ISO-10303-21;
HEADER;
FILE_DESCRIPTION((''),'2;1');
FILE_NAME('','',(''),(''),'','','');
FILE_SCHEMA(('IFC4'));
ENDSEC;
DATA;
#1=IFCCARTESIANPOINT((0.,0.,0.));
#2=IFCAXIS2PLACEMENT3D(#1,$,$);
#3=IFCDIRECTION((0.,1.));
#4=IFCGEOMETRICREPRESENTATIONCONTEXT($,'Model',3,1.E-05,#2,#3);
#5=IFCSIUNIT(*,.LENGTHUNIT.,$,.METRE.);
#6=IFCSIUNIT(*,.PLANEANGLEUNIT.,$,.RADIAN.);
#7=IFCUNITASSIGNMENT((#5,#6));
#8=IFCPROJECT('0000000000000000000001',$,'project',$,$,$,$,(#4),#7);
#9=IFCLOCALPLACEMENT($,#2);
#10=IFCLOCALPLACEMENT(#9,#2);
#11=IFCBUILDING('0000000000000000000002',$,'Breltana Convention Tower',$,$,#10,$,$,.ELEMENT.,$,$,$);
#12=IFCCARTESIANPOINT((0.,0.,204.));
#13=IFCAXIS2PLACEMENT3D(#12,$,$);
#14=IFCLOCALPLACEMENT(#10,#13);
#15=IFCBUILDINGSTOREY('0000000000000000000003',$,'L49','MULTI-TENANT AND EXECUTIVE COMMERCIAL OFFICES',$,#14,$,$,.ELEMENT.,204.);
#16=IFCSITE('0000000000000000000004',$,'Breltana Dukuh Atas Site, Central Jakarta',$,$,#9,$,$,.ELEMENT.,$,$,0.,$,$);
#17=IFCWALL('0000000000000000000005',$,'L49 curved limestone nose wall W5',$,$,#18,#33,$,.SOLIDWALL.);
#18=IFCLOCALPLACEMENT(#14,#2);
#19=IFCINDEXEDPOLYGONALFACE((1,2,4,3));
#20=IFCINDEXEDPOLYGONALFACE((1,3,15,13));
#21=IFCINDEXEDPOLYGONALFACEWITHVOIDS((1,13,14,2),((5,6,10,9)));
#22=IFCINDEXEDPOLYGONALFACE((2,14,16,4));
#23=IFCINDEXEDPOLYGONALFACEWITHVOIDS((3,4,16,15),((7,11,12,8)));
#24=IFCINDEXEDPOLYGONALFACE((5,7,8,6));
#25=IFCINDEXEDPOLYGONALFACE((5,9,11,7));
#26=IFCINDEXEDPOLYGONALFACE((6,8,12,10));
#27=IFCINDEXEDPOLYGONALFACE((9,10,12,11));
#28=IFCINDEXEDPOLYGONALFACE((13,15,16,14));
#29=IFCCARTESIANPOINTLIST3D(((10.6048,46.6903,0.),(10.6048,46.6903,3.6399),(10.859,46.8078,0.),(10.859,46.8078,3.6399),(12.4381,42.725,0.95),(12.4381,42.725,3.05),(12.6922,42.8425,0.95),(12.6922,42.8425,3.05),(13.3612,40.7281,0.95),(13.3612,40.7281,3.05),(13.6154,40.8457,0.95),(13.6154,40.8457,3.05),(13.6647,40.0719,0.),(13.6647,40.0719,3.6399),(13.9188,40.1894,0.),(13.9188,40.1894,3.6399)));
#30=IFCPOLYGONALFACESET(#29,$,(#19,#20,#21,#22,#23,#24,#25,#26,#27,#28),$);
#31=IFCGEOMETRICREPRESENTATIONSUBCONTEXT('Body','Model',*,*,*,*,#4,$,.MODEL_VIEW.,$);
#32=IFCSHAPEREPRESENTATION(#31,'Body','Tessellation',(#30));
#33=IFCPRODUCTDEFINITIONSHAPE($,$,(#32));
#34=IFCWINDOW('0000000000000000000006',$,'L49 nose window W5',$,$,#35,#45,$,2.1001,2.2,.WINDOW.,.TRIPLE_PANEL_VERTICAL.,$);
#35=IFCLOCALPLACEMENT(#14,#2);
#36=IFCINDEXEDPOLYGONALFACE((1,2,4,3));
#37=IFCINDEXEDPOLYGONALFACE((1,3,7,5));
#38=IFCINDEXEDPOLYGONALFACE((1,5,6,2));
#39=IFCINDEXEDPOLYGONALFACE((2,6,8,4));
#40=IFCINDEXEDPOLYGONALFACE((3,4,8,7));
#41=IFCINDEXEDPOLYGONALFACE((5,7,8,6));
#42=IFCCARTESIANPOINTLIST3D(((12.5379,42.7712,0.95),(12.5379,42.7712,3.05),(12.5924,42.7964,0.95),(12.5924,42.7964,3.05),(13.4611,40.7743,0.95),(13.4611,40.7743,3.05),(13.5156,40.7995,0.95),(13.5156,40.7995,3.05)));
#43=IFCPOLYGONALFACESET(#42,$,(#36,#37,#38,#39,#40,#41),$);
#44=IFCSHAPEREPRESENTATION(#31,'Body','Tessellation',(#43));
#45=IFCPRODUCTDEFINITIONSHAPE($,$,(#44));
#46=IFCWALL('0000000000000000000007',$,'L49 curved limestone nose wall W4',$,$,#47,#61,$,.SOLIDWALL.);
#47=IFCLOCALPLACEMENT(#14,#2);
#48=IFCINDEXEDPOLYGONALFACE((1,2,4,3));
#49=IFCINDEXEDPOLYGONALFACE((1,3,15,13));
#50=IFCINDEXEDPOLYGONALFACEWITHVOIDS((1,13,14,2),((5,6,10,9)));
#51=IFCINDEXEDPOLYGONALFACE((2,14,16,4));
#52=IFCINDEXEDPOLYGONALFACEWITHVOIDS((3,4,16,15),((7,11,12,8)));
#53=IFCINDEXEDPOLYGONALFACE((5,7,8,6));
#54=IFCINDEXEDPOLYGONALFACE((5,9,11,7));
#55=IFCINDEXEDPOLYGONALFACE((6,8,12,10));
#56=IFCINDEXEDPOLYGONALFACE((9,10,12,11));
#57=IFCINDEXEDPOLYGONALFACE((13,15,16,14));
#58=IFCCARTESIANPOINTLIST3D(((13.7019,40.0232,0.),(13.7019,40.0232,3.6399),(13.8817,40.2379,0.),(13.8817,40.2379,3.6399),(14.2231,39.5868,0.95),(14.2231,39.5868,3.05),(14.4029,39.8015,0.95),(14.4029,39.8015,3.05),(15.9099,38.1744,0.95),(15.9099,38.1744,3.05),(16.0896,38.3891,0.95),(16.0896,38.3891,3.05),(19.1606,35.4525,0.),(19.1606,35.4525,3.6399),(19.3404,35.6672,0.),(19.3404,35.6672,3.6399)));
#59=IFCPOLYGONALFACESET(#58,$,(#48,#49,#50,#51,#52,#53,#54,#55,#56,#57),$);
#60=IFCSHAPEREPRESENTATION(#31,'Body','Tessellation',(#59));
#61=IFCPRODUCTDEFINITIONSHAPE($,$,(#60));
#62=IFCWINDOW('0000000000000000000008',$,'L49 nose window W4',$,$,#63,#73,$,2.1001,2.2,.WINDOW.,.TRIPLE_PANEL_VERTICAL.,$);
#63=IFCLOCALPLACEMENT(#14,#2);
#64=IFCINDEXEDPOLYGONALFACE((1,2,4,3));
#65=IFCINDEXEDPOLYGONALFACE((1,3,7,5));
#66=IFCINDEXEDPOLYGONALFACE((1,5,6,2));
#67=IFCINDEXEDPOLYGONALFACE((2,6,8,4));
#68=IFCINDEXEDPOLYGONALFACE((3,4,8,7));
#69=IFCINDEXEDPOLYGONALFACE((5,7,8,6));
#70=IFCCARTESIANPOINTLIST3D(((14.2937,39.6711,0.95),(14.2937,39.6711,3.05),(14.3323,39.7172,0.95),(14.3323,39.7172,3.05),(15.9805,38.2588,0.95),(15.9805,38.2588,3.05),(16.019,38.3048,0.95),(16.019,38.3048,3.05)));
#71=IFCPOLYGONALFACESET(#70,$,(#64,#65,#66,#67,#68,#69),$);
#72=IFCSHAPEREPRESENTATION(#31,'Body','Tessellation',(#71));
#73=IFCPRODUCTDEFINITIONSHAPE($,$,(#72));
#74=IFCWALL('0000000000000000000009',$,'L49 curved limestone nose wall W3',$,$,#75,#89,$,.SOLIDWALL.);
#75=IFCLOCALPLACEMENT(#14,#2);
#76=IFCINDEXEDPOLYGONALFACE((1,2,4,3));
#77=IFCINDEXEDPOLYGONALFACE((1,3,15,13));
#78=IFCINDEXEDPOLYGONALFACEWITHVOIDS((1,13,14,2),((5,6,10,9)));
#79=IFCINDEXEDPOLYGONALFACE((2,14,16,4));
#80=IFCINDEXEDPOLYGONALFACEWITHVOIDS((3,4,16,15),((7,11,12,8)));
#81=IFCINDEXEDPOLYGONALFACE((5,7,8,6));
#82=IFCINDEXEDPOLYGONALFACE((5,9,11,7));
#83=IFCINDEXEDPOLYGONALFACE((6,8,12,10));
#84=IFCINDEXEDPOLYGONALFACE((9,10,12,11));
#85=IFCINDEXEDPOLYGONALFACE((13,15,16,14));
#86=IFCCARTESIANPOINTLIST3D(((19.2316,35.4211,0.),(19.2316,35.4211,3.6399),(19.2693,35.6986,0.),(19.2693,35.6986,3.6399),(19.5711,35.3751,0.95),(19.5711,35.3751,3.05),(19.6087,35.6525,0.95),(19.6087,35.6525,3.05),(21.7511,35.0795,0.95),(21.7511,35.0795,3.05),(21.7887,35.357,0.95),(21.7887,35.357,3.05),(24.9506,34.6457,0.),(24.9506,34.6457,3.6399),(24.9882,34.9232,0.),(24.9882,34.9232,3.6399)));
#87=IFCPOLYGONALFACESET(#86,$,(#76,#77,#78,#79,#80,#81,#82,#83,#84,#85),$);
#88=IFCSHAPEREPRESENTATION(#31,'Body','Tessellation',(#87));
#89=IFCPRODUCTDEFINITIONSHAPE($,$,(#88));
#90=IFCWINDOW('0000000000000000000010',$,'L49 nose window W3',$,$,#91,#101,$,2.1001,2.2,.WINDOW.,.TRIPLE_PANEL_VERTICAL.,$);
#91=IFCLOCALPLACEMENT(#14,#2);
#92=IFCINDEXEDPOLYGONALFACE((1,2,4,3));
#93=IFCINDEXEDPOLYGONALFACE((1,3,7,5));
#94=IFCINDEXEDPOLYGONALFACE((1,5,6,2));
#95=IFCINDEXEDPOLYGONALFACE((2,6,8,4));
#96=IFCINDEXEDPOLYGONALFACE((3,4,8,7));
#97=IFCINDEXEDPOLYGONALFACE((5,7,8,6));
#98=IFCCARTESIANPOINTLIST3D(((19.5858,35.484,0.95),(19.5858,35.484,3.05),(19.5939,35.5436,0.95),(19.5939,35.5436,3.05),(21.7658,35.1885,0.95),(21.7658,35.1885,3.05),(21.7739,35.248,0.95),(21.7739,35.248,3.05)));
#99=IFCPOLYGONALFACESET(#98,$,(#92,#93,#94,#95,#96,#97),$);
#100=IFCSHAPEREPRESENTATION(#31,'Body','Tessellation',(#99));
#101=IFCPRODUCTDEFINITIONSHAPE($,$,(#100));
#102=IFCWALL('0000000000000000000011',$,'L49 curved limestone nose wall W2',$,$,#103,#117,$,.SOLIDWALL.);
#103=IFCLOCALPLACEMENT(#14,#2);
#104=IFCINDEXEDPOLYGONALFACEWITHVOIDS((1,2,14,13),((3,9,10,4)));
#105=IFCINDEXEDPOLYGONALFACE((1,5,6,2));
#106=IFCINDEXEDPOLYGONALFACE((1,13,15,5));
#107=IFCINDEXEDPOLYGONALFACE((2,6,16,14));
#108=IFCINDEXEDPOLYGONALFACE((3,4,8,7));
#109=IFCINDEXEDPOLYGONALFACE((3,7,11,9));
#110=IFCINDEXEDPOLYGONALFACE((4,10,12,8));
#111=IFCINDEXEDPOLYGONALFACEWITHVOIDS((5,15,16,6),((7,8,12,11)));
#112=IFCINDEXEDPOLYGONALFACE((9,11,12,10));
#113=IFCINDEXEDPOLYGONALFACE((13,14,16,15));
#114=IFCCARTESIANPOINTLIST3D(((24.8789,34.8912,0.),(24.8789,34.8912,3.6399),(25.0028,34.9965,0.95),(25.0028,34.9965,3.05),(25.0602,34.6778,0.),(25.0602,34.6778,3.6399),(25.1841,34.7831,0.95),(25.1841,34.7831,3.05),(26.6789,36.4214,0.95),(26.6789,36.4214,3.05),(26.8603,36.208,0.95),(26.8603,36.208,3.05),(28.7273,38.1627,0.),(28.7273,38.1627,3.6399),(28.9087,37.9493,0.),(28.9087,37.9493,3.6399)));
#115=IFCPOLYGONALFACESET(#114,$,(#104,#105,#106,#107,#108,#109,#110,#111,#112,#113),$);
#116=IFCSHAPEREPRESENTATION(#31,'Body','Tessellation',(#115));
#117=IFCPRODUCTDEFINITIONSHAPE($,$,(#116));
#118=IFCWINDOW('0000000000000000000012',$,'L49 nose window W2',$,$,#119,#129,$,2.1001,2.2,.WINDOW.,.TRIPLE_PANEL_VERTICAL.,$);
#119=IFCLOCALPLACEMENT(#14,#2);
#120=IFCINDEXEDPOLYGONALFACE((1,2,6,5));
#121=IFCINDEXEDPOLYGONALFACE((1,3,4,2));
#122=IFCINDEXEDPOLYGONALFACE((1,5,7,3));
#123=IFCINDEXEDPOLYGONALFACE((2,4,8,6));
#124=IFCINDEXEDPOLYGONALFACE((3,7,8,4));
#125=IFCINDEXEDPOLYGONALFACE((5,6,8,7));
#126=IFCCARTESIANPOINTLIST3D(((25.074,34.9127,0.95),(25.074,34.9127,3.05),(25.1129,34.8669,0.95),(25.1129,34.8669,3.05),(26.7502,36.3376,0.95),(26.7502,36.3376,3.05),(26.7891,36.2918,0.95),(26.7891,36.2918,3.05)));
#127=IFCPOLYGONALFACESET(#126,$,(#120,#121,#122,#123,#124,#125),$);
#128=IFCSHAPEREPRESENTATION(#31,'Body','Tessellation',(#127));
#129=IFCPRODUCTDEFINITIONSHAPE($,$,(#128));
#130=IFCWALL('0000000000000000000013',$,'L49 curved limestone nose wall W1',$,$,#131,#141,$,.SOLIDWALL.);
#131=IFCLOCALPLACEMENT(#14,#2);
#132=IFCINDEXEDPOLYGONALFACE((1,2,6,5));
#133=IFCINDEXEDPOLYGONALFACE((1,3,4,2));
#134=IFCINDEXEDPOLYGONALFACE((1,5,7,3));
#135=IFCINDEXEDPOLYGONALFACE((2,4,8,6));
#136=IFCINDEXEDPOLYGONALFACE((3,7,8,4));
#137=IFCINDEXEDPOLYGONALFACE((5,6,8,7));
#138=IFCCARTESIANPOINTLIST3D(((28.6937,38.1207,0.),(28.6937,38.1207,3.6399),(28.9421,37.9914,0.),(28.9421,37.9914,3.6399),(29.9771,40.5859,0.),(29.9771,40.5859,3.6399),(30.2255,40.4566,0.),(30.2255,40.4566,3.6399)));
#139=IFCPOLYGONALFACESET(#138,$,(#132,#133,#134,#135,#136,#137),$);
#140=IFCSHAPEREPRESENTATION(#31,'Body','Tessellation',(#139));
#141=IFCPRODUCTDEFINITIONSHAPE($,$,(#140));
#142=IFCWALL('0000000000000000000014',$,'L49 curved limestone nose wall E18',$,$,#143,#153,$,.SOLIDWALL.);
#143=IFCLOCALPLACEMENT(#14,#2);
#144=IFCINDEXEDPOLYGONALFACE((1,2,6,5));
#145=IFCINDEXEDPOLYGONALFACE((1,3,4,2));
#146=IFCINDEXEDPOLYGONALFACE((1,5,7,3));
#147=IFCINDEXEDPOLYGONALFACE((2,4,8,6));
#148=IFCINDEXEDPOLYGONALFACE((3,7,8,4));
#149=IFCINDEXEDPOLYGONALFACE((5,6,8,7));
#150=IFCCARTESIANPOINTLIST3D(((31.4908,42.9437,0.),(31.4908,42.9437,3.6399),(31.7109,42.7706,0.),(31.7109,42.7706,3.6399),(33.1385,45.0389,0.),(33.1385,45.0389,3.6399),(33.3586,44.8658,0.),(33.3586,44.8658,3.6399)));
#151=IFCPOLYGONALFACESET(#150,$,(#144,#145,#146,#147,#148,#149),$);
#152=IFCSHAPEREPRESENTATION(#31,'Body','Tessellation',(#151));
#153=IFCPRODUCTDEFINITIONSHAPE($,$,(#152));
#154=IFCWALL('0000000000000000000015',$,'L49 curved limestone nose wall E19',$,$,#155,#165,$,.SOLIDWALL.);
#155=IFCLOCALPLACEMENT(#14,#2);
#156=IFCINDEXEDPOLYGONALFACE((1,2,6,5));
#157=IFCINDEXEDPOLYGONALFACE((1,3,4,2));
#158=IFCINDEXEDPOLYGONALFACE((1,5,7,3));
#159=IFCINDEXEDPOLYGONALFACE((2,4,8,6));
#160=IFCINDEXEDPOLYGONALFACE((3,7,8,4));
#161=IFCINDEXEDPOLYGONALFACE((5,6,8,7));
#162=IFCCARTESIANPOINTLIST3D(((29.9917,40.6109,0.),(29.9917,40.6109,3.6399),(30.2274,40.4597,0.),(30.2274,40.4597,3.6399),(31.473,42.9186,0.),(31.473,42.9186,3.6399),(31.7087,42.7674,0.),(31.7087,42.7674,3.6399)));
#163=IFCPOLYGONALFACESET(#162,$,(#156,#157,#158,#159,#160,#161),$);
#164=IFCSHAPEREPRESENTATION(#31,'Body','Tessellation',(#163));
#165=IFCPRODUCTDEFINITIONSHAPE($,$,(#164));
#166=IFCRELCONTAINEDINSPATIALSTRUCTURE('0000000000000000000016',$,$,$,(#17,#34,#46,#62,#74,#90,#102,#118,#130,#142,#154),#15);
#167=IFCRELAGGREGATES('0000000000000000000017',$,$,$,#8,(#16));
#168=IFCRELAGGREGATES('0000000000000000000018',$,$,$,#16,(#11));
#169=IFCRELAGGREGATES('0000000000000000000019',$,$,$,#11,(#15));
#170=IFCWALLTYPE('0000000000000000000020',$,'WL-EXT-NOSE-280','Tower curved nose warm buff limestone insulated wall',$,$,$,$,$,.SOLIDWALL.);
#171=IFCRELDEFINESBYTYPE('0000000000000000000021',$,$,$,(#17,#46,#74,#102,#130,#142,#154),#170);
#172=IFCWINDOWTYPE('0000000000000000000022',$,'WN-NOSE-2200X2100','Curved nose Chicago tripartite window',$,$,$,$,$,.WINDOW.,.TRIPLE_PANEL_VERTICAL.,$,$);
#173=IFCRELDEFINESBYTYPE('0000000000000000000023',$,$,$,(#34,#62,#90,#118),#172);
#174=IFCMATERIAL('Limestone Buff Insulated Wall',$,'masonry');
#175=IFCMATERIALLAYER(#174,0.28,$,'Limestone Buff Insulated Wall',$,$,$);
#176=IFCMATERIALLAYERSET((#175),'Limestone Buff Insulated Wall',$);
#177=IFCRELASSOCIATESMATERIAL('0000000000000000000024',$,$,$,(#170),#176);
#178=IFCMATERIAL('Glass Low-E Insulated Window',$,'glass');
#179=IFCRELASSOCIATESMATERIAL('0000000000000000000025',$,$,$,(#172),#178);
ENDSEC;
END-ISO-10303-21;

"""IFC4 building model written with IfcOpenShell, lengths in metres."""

from ifc_helpers import new_model, si_unit, direction, frame, frame_2d, origin, place, context, subcontext, project, spatial, rectangle, extrude, source, transform, mapped, material, layer, layer_set, type_object, type_shapes, element, fill, save


model = new_model("IFC4")

# Units and contexts
model_context = context("Model", 3, precision=1e-05, world=origin(), true_north=direction((0.0, 1.0)))
body_context = subcontext(model_context, "Body", "Model", "MODEL_VIEW")
ifc_project = project(units=[si_unit("LENGTHUNIT", "METRE"), si_unit("PLANEANGLEUNIT", "RADIAN")], contexts=[model_context])

# Site, building, storey
site_placement = place(None, origin())
site = spatial("IfcSite", under=ifc_project, at=site_placement, Name="Breltana Dukuh Atas Site, Central Jakarta", CompositionType="ELEMENT", RefElevation=0.0)
building_placement = place(site_placement, origin())
building = spatial("IfcBuilding", under=site, at=building_placement, Name="Breltana Convention Tower", CompositionType="ELEMENT")
storey_placement = place(building_placement, frame((0.0, 0.0, 204.0)))
storey = spatial("IfcBuildingStorey", under=building, at=storey_placement, Name="L49", Description="MULTI-TENANT AND EXECUTIVE COMMERCIAL OFFICES", CompositionType="ELEMENT", Elevation=204.0)

# Walls, openings, windows
ifc_material_1 = material(Name="Limestone Buff Insulated Wall", Category="masonry")
ifc_layer_1 = layer(ifc_material_1, 0.28, Name="Limestone Buff Insulated Wall")
ifc_layer_set_1 = layer_set([ifc_layer_1], Name="Limestone Buff Insulated Wall")
wall_type = type_object("IfcWallType", Name="WL-EXT-NOSE-280", Description="Tower curved nose warm buff limestone insulated wall", PredefinedType="SOLIDWALL", material=ifc_layer_set_1)
shared_shape_1 = source(origin(), body_context, "Body", "SweptSolid", [
    extrude(rectangle(XDim=7.2915, YDim=0.28, at=frame_2d((3.6458, 0.0))), origin(), (0.0, 0.0, 1.0), 3.6399),
])
wall_1_placement = place(storey_placement, frame((13.7917, 40.1306, 0.0), z_axis=(0.0, 0.0, 1.0), x_axis=(-0.419642, 0.90769, 0.0)))
wall_1 = element("IfcWall", 1, at=wall_1_placement, inside=storey, type_object=wall_type, Name="L49 curved limestone nose wall W5", PredefinedType="SOLIDWALL", context=body_context, shape_type="MappedRepresentation", body=[
    mapped(shared_shape_1, transform((0.0, 0.0, 0.0), scale=1.0)),
])
opening_1_placement = place(wall_1_placement, frame((0.7229, 0.0, 0.95)))
opening_1 = element("IfcOpeningElement", 2, at=opening_1_placement, cuts=wall_1, PredefinedType="OPENING", context=body_context, shape_type="SweptSolid", body=[
    extrude(rectangle(XDim=2.2, YDim=2.1001, at=frame_2d((1.1001, 1.05))), frame((0.0, 0.1499, 0.0), z_axis=(0.0, -1.0, 0.0), x_axis=(1.0, 0.0, 0.0)), (0.0, 0.0, 1.0), 0.3),
])
ifc_material_2 = material(Name="Glass Low-E Insulated Window", Category="glass")
window_type = type_object("IfcWindowType", Name="WN-NOSE-2200X2100", Description="Curved nose Chicago tripartite window", PartitioningType="TRIPLE_PANEL_VERTICAL", PredefinedType="WINDOW", material=ifc_material_2)
shared_shape_2 = source(origin(), body_context, "Body", "SweptSolid", [
    extrude(rectangle(XDim=2.2, YDim=2.1001, at=frame_2d((1.1001, 1.05))), frame((0.0, 0.03, 0.0), z_axis=(0.0, -1.0, 0.0), x_axis=(1.0, 0.0, 0.0)), (0.0, 0.0, 1.0), 0.0601),
])
type_shapes(window_type, [shared_shape_2])
window_1_placement = place(opening_1_placement, origin())
window_1 = element("IfcWindow", 3, at=window_1_placement, inside=storey, type_object=window_type, Name="L49 nose window W5", OverallHeight=2.1001, OverallWidth=2.2, PartitioningType="TRIPLE_PANEL_VERTICAL", PredefinedType="WINDOW", context=body_context, shape_type="MappedRepresentation", body=[
    mapped(shared_shape_2, transform((0.0, 0.0, 0.0), scale=1.0)),
])
fill(opening_1, window_1)
shared_shape_3 = source(origin(), body_context, "Body", "SweptSolid", [
    extrude(rectangle(XDim=7.1196, YDim=0.28, at=frame_2d((3.5598, 0.0))), origin(), (0.0, 0.0, 1.0), 3.6399),
])
wall_2_placement = place(storey_placement, frame((19.2505, 35.5598, 0.0), z_axis=(0.0, 0.0, 1.0), x_axis=(-0.76671, 0.641994, 0.0)))
wall_2 = element("IfcWall", 4, at=wall_2_placement, inside=storey, type_object=wall_type, Name="L49 curved limestone nose wall W4", PredefinedType="SOLIDWALL", context=body_context, shape_type="MappedRepresentation", body=[
    mapped(shared_shape_3, transform((0.0, 0.0, 0.0), scale=1.0)),
])
opening_2_placement = place(wall_2_placement, frame((4.2397, 0.0, 0.95)))
opening_2 = element("IfcOpeningElement", 5, at=opening_2_placement, cuts=wall_2, PredefinedType="OPENING", context=body_context, shape_type="SweptSolid", body=[
    extrude(rectangle(XDim=2.2, YDim=2.1001, at=frame_2d((1.1001, 1.05))), frame((0.0, 0.1499, 0.0), z_axis=(0.0, -1.0, 0.0), x_axis=(1.0, 0.0, 0.0)), (0.0, 0.0, 1.0), 0.3),
])
window_2_placement = place(opening_2_placement, origin())
window_2 = element("IfcWindow", 6, at=window_2_placement, inside=storey, type_object=window_type, Name="L49 nose window W4", OverallHeight=2.1001, OverallWidth=2.2, PartitioningType="TRIPLE_PANEL_VERTICAL", PredefinedType="WINDOW", context=body_context, shape_type="MappedRepresentation", body=[
    mapped(shared_shape_2, transform((0.0, 0.0, 0.0), scale=1.0)),
])
fill(opening_2, window_2)
shared_shape_4 = source(origin(), body_context, "Body", "SweptSolid", [
    extrude(rectangle(XDim=5.7712, YDim=0.28, at=frame_2d((2.8857, 0.0))), origin(), (0.0, 0.0, 1.0), 3.6399),
])
wall_3_placement = place(storey_placement, frame((24.9695, 34.7844, 0.0), z_axis=(0.0, 0.0, 1.0), x_axis=(-0.990934, 0.134352, 0.0)))
wall_3 = element("IfcWall", 7, at=wall_3_placement, inside=storey, type_object=wall_type, Name="L49 curved limestone nose wall W3", PredefinedType="SOLIDWALL", context=body_context, shape_type="MappedRepresentation", body=[
    mapped(shared_shape_4, transform((0.0, 0.0, 0.0), scale=1.0)),
])
opening_3_placement = place(wall_3_placement, frame((3.2288, 0.0, 0.95)))
opening_3 = element("IfcOpeningElement", 8, at=opening_3_placement, cuts=wall_3, PredefinedType="OPENING", context=body_context, shape_type="SweptSolid", body=[
    extrude(rectangle(XDim=2.2, YDim=2.1001, at=frame_2d((1.1001, 1.05))), frame((0.0, 0.1499, 0.0), z_axis=(0.0, -1.0, 0.0), x_axis=(1.0, 0.0, 0.0)), (0.0, 0.0, 1.0), 0.3),
])
window_3_placement = place(opening_3_placement, origin())
window_3 = element("IfcWindow", 9, at=window_3_placement, inside=storey, type_object=window_type, Name="L49 nose window W3", OverallHeight=2.1001, OverallWidth=2.2, PartitioningType="TRIPLE_PANEL_VERTICAL", PredefinedType="WINDOW", context=body_context, shape_type="MappedRepresentation", body=[
    mapped(shared_shape_2, transform((0.0, 0.0, 0.0), scale=1.0)),
])
fill(opening_3, window_3)
shared_shape_5 = source(origin(), body_context, "Body", "SweptSolid", [
    extrude(rectangle(XDim=5.051, YDim=0.28, at=frame_2d((2.5254, 0.0))), origin(), (0.0, 0.0, 1.0), 3.6399),
])
wall_4_placement = place(storey_placement, frame((28.8179, 38.0559, 0.0), z_axis=(0.0, 0.0, 1.0), x_axis=(-0.761905, -0.647689, 0.0)))
wall_4 = element("IfcWall", 10, at=wall_4_placement, inside=storey, type_object=wall_type, Name="L49 curved limestone nose wall W2", PredefinedType="SOLIDWALL", context=body_context, shape_type="MappedRepresentation", body=[
    mapped(shared_shape_5, transform((0.0, 0.0, 0.0), scale=1.0)),
])
opening_4_placement = place(wall_4_placement, frame((2.6882, 0.0, 0.95)))
opening_4 = element("IfcOpeningElement", 11, at=opening_4_placement, cuts=wall_4, PredefinedType="OPENING", context=body_context, shape_type="SweptSolid", body=[
    extrude(rectangle(XDim=2.2, YDim=2.1001, at=frame_2d((1.1001, 1.05))), frame((0.0, 0.1499, 0.0), z_axis=(0.0, -1.0, 0.0), x_axis=(1.0, 0.0, 0.0)), (0.0, 0.0, 1.0), 0.3),
])
window_4_placement = place(opening_4_placement, origin())
window_4 = element("IfcWindow", 12, at=window_4_placement, inside=storey, type_object=window_type, Name="L49 nose window W2", OverallHeight=2.1001, OverallWidth=2.2, PartitioningType="TRIPLE_PANEL_VERTICAL", PredefinedType="WINDOW", context=body_context, shape_type="MappedRepresentation", body=[
    mapped(shared_shape_2, transform((0.0, 0.0, 0.0), scale=1.0)),
])
fill(opening_4, window_4)

# Walls
shared_shape_6 = source(origin(), body_context, "Body", "SweptSolid", [
    extrude(rectangle(XDim=2.7793, YDim=0.28, at=frame_2d((1.3896, 0.0))), origin(), (0.0, 0.0, 1.0), 3.6399),
])
wall_5_placement = place(storey_placement, frame((30.1013, 40.5212, 0.0), z_axis=(0.0, 0.0, 1.0), x_axis=(-0.46177, -0.887, 0.0)))
element("IfcWall", 13, at=wall_5_placement, inside=storey, type_object=wall_type, Name="L49 curved limestone nose wall W1", PredefinedType="SOLIDWALL", context=body_context, shape_type="MappedRepresentation", body=[
    mapped(shared_shape_6, transform((0.0, 0.0, 0.0), scale=1.0)),
])
shared_shape_7 = source(origin(), body_context, "Body", "SweptSolid", [
    extrude(rectangle(XDim=2.6655, YDim=0.28, at=frame_2d((1.3328, 0.0))), origin(), (0.0, 0.0, 1.0), 3.6399),
])
wall_6_placement = place(storey_placement, frame((33.2485, 44.9524, 0.0), z_axis=(0.0, 0.0, 1.0), x_axis=(-0.618161, -0.786051, 0.0)))
element("IfcWall", 14, at=wall_6_placement, inside=storey, type_object=wall_type, Name="L49 curved limestone nose wall E18", PredefinedType="SOLIDWALL", context=body_context, shape_type="MappedRepresentation", body=[
    mapped(shared_shape_7, transform((0.0, 0.0, 0.0), scale=1.0)),
])
shared_shape_8 = source(origin(), body_context, "Body", "SweptSolid", [
    extrude(rectangle(XDim=2.7422, YDim=0.28, at=frame_2d((1.3711, 0.0))), origin(), (0.0, 0.0, 1.0), 3.6399),
])
wall_7_placement = place(storey_placement, frame((31.5908, 42.843, 0.0), z_axis=(0.0, 0.0, 1.0), x_axis=(-0.540172, -0.841554, 0.0)))
element("IfcWall", 15, at=wall_7_placement, inside=storey, type_object=wall_type, Name="L49 curved limestone nose wall E19", PredefinedType="SOLIDWALL", context=body_context, shape_type="MappedRepresentation", body=[
    mapped(shared_shape_8, transform((0.0, 0.0, 0.0), scale=1.0)),
])

save(model, "model.ifc")
